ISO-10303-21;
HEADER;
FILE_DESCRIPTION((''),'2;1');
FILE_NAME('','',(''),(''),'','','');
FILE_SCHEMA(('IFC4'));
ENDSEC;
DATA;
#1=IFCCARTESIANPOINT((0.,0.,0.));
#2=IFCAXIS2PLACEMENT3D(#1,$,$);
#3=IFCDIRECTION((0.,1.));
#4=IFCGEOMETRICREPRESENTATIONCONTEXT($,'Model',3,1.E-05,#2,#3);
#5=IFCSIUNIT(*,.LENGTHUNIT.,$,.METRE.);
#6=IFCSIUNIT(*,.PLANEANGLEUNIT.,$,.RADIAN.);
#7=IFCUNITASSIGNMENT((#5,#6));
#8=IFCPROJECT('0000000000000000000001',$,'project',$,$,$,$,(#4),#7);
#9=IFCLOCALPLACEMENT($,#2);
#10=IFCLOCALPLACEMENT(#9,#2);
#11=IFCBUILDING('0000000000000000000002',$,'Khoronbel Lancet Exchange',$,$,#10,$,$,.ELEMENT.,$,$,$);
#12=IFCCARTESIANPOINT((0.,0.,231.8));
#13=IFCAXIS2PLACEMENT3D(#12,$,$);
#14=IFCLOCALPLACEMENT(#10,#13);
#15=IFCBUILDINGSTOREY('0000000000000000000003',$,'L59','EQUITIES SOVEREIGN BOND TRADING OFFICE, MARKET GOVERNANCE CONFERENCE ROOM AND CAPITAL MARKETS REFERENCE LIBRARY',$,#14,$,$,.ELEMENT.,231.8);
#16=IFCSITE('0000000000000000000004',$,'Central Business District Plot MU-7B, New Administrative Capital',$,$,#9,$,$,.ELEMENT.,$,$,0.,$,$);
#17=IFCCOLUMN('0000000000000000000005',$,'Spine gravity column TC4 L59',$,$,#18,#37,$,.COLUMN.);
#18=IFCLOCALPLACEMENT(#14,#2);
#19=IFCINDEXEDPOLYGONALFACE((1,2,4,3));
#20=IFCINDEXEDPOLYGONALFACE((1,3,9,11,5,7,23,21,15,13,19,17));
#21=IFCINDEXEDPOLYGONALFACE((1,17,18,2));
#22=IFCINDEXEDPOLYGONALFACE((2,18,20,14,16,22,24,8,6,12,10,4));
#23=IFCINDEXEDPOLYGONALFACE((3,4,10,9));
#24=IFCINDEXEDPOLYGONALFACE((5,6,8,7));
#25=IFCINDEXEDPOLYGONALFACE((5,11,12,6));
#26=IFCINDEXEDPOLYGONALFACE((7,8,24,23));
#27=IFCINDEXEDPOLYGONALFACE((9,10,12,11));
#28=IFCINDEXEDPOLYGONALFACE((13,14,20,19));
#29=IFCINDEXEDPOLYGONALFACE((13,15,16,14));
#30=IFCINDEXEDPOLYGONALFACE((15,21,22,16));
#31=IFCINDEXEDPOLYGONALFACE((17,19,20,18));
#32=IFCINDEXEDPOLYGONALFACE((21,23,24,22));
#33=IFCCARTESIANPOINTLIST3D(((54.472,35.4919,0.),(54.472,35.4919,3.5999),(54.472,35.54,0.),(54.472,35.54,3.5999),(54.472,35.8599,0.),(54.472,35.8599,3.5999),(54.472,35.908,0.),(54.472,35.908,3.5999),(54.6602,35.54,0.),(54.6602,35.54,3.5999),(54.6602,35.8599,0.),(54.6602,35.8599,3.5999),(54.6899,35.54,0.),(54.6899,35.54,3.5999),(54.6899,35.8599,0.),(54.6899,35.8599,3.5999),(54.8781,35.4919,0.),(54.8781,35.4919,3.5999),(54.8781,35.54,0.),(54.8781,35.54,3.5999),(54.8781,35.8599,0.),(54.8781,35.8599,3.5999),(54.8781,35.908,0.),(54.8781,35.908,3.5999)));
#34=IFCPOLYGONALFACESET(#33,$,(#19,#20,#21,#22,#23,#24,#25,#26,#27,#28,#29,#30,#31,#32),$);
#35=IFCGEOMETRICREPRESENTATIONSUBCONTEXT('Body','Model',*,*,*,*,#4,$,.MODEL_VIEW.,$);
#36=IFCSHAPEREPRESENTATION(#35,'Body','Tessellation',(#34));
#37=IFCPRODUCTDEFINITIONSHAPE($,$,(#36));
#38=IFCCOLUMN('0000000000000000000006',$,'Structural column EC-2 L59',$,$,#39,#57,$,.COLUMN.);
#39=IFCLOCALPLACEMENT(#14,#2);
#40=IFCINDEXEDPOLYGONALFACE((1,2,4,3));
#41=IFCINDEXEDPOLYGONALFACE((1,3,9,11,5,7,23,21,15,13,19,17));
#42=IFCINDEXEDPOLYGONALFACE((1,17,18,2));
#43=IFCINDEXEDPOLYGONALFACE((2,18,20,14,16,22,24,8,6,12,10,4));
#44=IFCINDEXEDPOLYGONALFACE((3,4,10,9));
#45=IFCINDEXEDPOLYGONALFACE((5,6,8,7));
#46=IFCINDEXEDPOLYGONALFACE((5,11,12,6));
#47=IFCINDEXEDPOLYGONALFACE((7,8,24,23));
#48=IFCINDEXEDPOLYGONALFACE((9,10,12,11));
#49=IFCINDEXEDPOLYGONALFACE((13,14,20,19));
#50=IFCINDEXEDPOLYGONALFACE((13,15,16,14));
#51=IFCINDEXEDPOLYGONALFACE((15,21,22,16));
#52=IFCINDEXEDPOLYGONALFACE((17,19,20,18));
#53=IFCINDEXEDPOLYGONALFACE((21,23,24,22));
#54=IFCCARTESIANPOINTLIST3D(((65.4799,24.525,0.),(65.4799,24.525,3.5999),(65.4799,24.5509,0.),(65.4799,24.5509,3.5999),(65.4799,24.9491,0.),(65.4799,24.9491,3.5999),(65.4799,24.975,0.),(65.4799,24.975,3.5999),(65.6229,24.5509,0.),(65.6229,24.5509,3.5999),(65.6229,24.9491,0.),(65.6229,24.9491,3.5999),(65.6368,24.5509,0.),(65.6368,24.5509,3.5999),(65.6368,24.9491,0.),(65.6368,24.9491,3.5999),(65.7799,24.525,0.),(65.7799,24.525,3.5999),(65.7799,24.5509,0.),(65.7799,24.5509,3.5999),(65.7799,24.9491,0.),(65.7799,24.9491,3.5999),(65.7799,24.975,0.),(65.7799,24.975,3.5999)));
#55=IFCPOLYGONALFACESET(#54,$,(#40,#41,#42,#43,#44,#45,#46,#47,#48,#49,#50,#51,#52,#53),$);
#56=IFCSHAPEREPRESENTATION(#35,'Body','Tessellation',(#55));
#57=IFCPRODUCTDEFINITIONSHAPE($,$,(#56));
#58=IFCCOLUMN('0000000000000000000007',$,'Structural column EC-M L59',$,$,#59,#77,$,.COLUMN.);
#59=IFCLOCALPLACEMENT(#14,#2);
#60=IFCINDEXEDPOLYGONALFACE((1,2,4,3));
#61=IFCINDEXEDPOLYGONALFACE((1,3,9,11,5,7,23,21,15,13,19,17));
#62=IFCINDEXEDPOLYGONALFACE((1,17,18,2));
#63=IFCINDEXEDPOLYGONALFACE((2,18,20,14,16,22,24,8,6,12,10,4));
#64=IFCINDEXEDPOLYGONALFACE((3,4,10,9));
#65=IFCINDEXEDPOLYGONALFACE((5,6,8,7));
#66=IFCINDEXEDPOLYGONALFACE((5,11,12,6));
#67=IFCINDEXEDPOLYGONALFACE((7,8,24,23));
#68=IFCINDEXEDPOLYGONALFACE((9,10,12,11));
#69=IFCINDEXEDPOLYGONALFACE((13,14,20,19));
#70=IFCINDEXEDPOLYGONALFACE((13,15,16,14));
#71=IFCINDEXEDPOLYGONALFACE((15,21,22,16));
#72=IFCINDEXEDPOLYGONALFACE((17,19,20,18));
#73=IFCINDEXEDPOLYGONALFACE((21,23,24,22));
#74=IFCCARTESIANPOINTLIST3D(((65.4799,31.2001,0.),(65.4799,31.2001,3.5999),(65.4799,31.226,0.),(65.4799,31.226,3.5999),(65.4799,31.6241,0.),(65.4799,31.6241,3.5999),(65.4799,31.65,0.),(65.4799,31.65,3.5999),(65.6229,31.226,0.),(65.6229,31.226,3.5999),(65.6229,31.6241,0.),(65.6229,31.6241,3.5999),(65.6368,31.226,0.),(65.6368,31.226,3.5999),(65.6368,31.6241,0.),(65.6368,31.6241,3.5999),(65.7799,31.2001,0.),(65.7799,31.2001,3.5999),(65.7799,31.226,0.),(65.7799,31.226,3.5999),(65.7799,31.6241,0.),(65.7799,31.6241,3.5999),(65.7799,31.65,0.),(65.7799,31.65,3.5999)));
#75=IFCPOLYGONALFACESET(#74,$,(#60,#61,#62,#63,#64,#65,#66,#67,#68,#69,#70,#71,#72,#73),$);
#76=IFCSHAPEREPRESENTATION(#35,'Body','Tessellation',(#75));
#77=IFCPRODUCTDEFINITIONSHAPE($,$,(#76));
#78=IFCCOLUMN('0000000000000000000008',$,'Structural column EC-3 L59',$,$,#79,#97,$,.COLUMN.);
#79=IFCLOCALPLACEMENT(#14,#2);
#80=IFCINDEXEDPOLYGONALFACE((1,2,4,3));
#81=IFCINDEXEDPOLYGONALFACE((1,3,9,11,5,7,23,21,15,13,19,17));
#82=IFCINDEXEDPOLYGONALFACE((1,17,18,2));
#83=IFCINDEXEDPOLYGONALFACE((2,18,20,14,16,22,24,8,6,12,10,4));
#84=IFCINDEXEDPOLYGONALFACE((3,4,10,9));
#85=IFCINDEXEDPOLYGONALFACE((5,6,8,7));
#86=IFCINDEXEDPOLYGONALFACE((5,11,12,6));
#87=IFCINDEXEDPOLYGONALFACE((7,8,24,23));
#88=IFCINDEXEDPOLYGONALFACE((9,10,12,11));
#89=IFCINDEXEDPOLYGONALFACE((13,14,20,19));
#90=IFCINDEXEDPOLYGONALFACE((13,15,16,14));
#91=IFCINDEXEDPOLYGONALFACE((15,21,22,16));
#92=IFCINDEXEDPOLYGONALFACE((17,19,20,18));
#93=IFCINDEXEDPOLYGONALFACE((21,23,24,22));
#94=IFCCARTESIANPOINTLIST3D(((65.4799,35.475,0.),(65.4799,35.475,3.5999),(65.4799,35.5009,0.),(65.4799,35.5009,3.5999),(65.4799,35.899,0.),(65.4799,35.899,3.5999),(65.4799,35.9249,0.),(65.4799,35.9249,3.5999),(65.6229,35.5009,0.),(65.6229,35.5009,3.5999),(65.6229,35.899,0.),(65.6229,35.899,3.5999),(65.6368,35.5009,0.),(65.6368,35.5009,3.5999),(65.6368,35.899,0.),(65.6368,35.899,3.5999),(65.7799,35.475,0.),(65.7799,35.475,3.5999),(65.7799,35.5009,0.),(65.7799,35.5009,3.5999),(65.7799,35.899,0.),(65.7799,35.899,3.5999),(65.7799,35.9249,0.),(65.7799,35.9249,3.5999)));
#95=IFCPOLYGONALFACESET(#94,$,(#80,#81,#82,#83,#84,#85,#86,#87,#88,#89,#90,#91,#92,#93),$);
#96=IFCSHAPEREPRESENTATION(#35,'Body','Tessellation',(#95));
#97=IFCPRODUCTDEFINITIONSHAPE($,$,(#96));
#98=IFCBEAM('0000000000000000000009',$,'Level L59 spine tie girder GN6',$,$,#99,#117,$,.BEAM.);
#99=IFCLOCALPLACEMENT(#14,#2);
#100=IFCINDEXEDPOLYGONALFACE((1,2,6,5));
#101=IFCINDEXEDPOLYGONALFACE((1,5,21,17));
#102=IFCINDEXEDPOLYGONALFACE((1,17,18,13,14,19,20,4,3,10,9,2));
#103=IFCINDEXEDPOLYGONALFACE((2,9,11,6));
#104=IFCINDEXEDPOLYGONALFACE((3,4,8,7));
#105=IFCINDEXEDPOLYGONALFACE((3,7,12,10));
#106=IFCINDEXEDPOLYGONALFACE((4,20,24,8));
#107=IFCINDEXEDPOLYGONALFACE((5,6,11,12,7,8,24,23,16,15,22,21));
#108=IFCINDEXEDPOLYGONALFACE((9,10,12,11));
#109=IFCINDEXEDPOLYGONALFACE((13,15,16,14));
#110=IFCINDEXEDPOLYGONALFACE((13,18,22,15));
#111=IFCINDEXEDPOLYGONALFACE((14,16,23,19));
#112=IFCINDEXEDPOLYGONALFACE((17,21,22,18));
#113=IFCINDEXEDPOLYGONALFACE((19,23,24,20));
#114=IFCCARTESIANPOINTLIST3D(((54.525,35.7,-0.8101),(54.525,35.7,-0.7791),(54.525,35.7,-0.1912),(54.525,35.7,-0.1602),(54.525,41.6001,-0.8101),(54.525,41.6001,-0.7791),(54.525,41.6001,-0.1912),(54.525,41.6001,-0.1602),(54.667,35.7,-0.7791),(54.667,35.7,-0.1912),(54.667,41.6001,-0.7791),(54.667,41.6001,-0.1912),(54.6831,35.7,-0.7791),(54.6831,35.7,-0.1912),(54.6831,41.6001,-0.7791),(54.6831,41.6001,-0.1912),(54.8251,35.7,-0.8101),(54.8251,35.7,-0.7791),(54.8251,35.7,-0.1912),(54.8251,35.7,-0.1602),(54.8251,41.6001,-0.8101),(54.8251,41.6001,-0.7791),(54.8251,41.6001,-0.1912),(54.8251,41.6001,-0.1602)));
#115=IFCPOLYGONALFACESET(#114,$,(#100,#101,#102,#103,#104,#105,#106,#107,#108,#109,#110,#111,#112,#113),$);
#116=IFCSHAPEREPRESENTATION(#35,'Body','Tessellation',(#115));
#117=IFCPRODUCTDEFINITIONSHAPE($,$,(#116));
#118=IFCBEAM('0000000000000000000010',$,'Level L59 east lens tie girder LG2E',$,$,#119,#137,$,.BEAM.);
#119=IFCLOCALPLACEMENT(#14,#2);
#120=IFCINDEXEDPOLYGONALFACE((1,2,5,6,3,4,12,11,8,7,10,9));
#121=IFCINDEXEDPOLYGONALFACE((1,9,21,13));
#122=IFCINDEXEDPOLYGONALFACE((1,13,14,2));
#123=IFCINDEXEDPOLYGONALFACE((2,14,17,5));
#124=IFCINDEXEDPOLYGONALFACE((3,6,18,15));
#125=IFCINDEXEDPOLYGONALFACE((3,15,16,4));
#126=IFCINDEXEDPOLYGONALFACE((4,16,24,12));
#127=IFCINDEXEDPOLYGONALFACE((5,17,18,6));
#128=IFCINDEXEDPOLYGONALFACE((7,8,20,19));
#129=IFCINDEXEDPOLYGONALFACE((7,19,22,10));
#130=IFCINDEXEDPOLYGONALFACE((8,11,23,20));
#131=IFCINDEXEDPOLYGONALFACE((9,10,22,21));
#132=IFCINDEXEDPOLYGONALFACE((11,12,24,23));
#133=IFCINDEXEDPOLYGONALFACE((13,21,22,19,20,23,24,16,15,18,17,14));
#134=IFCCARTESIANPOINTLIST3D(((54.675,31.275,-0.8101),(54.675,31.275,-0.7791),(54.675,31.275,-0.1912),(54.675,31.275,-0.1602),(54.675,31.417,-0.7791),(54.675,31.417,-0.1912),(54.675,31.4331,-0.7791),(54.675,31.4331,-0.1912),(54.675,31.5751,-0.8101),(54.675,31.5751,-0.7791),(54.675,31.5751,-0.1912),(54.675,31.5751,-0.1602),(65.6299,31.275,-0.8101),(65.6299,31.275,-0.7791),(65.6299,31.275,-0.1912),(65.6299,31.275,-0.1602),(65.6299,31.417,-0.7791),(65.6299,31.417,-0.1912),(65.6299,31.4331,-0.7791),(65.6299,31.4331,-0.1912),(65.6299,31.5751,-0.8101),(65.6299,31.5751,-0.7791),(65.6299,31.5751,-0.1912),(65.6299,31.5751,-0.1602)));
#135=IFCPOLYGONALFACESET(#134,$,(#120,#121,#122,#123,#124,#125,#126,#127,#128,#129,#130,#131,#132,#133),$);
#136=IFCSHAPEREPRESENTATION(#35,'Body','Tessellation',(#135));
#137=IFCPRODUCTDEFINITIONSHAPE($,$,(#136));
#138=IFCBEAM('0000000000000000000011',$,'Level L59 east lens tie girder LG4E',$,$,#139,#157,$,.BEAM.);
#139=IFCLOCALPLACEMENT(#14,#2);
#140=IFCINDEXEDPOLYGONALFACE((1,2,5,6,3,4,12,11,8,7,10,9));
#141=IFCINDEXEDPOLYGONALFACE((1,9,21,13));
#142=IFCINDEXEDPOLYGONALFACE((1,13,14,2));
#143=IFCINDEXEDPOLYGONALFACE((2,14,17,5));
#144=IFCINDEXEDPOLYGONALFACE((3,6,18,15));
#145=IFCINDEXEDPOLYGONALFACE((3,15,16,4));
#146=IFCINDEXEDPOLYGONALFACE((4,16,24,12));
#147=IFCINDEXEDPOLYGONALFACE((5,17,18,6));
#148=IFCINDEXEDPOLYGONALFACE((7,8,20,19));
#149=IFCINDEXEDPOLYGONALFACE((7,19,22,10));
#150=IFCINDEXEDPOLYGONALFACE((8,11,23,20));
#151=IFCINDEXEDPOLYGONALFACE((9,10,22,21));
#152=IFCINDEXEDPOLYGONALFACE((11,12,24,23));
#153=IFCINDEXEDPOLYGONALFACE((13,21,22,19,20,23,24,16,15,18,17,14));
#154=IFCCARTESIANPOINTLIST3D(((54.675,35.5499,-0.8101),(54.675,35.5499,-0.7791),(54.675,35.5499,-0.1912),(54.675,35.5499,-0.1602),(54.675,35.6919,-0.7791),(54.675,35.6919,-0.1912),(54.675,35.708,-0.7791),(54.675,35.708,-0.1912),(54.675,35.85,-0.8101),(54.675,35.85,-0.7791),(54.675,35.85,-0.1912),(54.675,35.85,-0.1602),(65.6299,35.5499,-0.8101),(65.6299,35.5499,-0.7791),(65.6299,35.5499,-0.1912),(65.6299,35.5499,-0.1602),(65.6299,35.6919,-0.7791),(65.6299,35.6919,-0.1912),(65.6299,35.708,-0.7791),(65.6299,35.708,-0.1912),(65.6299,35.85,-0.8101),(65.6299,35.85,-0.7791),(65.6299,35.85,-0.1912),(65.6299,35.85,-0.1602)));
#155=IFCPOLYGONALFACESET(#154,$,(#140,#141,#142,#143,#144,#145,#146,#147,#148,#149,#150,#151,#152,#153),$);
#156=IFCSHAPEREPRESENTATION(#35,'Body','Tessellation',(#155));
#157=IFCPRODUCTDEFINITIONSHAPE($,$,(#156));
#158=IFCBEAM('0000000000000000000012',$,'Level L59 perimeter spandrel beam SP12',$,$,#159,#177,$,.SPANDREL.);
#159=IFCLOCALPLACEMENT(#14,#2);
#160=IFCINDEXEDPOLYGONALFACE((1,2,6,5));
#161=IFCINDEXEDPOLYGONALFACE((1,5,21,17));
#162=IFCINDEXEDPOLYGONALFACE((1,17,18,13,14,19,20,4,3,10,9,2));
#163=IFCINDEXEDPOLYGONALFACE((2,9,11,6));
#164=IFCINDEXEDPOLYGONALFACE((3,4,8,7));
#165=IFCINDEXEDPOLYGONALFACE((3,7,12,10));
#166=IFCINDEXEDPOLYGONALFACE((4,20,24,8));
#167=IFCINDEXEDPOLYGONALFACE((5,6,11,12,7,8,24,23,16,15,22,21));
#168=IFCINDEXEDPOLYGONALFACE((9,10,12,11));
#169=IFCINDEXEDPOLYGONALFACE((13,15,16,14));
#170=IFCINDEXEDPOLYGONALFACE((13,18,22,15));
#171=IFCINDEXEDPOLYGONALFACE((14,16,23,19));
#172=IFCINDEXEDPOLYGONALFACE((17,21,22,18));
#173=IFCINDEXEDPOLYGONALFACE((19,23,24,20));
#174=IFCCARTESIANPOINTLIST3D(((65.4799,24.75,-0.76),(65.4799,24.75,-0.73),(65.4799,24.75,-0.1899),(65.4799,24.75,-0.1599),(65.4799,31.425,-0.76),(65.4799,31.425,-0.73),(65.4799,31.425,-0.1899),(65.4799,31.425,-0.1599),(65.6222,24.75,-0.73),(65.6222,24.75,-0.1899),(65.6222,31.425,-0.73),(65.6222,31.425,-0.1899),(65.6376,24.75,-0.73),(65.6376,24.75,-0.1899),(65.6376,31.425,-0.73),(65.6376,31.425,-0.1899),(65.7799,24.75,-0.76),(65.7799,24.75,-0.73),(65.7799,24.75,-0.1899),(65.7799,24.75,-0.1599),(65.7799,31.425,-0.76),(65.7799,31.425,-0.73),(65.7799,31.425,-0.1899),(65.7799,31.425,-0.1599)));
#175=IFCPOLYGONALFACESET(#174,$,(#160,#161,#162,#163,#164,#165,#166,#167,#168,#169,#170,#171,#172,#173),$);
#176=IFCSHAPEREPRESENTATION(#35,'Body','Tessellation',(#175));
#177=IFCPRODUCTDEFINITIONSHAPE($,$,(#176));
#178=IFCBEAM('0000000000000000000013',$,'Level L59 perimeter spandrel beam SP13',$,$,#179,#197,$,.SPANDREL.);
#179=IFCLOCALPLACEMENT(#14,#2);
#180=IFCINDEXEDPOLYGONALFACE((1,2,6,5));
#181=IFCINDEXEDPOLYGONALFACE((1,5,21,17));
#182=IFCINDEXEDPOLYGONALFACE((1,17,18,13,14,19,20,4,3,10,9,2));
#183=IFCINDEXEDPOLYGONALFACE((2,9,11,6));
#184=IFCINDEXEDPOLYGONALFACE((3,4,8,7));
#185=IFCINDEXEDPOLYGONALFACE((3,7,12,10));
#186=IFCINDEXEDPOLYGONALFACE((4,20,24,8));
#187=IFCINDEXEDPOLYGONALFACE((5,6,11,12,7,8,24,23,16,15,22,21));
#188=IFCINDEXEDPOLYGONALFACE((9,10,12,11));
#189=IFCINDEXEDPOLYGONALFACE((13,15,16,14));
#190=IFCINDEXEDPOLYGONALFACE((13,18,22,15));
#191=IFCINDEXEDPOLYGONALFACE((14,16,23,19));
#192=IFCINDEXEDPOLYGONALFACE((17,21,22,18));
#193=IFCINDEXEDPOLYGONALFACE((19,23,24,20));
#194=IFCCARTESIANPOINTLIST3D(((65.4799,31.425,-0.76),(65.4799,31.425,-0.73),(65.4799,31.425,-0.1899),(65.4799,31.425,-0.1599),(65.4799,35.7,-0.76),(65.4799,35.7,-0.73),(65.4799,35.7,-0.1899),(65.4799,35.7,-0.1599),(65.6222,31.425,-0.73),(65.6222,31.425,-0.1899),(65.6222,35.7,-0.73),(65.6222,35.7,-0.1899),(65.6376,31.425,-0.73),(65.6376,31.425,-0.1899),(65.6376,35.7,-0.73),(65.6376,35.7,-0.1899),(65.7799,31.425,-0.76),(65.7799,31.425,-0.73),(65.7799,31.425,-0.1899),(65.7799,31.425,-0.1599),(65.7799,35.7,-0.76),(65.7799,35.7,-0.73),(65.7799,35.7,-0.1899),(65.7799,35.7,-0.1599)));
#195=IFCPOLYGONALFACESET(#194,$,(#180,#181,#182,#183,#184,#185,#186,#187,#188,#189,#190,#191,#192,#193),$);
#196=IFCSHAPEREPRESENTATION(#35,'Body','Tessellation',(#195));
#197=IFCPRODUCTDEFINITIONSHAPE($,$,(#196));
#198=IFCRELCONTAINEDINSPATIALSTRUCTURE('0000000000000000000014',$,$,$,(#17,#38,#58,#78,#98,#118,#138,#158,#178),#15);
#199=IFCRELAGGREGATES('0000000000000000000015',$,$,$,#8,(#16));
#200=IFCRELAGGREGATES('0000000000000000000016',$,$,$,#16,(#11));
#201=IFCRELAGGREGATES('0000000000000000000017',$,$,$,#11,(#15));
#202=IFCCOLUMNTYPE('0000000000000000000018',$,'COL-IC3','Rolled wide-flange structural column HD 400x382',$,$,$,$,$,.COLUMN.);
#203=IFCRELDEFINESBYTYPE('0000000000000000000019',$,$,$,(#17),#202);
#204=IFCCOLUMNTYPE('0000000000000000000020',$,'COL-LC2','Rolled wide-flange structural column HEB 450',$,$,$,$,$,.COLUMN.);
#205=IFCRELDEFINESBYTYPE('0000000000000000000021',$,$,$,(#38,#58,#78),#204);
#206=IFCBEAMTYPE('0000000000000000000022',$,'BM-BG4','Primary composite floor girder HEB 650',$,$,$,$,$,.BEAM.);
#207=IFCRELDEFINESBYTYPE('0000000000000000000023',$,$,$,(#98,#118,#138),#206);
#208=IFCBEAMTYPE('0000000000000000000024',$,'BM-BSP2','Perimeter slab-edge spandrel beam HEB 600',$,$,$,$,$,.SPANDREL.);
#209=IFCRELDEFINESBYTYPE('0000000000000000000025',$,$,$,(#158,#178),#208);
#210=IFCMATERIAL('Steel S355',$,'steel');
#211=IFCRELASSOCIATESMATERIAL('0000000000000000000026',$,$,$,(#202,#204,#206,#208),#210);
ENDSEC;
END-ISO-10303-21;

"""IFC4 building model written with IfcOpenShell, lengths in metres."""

from ifc_helpers import new_model, si_unit, direction, frame, origin, origin_2d, place, context, subcontext, project, spatial, i_section, extrude, material, material_profile, profile_set, type_object, element, save


model = new_model("IFC4")

# Units and contexts
model_context = context("Model", 3, precision=1e-05, world=origin(), true_north=direction((0.0, 1.0)))
body_context = subcontext(model_context, "Body", "Model", "MODEL_VIEW")
ifc_project = project(units=[si_unit("LENGTHUNIT", "METRE"), si_unit("PLANEANGLEUNIT", "RADIAN")], contexts=[model_context])

# Site, building, storey
site_placement = place(None, origin())
site = spatial("IfcSite", under=ifc_project, at=site_placement, Name="Central Business District Plot MU-7B, New Administrative Capital", CompositionType="ELEMENT", RefElevation=0.0)
building_placement = place(site_placement, origin())
building = spatial("IfcBuilding", under=site, at=building_placement, Name="Khoronbel Lancet Exchange", CompositionType="ELEMENT")
storey_placement = place(building_placement, frame((0.0, 0.0, 231.8)))
storey = spatial("IfcBuildingStorey", under=building, at=storey_placement, Name="L59", Description="EQUITIES SOVEREIGN BOND TRADING OFFICE, MARKET GOVERNANCE CONFERENCE ROOM AND CAPITAL MARKETS REFERENCE LIBRARY", CompositionType="ELEMENT", Elevation=231.8)

# Columns
ifc_material_1 = material(Name="Steel S355", Category="steel")
ifc_material_profile_1 = material_profile(ifc_material_1, i_section(OverallWidth=0.406, OverallDepth=0.416, WebThickness=0.0298, FlangeThickness=0.0481, at=origin_2d()), Name="HD 400x382")
ifc_profile_set_1 = profile_set([ifc_material_profile_1], Name="Steel S355")
column_type_1 = type_object("IfcColumnType", Name="COL-IC3", Description="Rolled wide-flange structural column HD 400x382", PredefinedType="COLUMN", material=ifc_profile_set_1)
column_placement = place(storey_placement, frame((54.675, 35.7, 0.0), z_axis=(0.0, 0.0, 1.0), x_axis=(1.0, 0.0, 0.0)))
element("IfcColumn", 1, at=column_placement, inside=storey, type_object=column_type_1, Name="Spine gravity column TC4 L59", PredefinedType="COLUMN", context=body_context, shape_type="SweptSolid", body=[
    extrude(i_section(OverallWidth=0.406, OverallDepth=0.416, WebThickness=0.0298, FlangeThickness=0.0481, at=origin_2d()), origin(), (0.0, 0.0, 1.0), 3.5999),
])
ifc_material_profile_2 = material_profile(ifc_material_1, i_section(OverallWidth=0.3, OverallDepth=0.45, WebThickness=0.0139, FlangeThickness=0.0259, at=origin_2d()), Name="HEB 450")
ifc_profile_set_2 = profile_set([ifc_material_profile_2], Name="Steel S355")
column_type_2 = type_object("IfcColumnType", Name="COL-LC2", Description="Rolled wide-flange structural column HEB 450", PredefinedType="COLUMN", material=ifc_profile_set_2)
for number, where, z_axis, x_axis, name in (
    (2, (65.6299, 24.75, 0.0), (0.0, 0.0, 1.0), (1.0, 0.0, 0.0), "Structural column EC-2 L59"),
    (3, (65.6299, 31.425, 0.0), (0.0, 0.0, 1.0), (1.0, 0.0, 0.0), "Structural column EC-M L59"),
    (4, (65.6299, 35.7, 0.0), (0.0, 0.0, 1.0), (1.0, 0.0, 0.0), "Structural column EC-3 L59"),
):
    element("IfcColumn", number, at=place(storey_placement, frame(where, z_axis=z_axis, x_axis=x_axis)), inside=storey, type_object=column_type_2, Name=name, PredefinedType="COLUMN", context=body_context, shape_type="SweptSolid", body=[
        extrude(i_section(OverallWidth=0.3, OverallDepth=0.45, WebThickness=0.0139, FlangeThickness=0.0259, at=origin_2d()), origin(), (0.0, 0.0, 1.0), 3.5999),
    ])

# Beams
ifc_material_profile_3 = material_profile(ifc_material_1, i_section(OverallWidth=0.3, OverallDepth=0.6499, WebThickness=0.0161, FlangeThickness=0.031, at=origin_2d()), Name="HEB 650")
ifc_profile_set_3 = profile_set([ifc_material_profile_3], Name="Steel S355")
beam_type_1 = type_object("IfcBeamType", Name="BM-BG4", Description="Primary composite floor girder HEB 650", PredefinedType="BEAM", material=ifc_profile_set_3)
beam_1_placement = place(storey_placement, frame((54.675, 35.7, -0.4851), z_axis=(0.0, 1.0, 0.0), x_axis=(-1.0, 0.0, 0.0)))
element("IfcBeam", 5, at=beam_1_placement, inside=storey, type_object=beam_type_1, Name="Level L59 spine tie girder GN6", PredefinedType="BEAM", context=body_context, shape_type="SweptSolid", body=[
    extrude(i_section(OverallWidth=0.3, OverallDepth=0.6499, WebThickness=0.0161, FlangeThickness=0.031, at=origin_2d()), origin(), (0.0, 0.0, 1.0), 5.9001),
])
for number, where, z_axis, x_axis, name in (
    (6, (54.675, 31.425, -0.4851), (1.0, 0.0, 0.0), (0.0, 1.0, 0.0), "Level L59 east lens tie girder LG2E"),
    (7, (54.675, 35.7, -0.4851), (1.0, 0.0, 0.0), (0.0, 1.0, 0.0), "Level L59 east lens tie girder LG4E"),
):
    element("IfcBeam", number, at=place(storey_placement, frame(where, z_axis=z_axis, x_axis=x_axis)), inside=storey, type_object=beam_type_1, Name=name, PredefinedType="BEAM", context=body_context, shape_type="SweptSolid", body=[
        extrude(i_section(OverallWidth=0.3, OverallDepth=0.6499, WebThickness=0.0161, FlangeThickness=0.031, at=origin_2d()), origin(), (0.0, 0.0, 1.0), 10.9548),
    ])
ifc_material_profile_4 = material_profile(ifc_material_1, i_section(OverallWidth=0.3, OverallDepth=0.6001, WebThickness=0.0154, FlangeThickness=0.03, at=origin_2d()), Name="HEB 600")
ifc_profile_set_4 = profile_set([ifc_material_profile_4], Name="Steel S355")
beam_type_2 = type_object("IfcBeamType", Name="BM-BSP2", Description="Perimeter slab-edge spandrel beam HEB 600", PredefinedType="SPANDREL", material=ifc_profile_set_4)
beam_2_placement = place(storey_placement, frame((65.6299, 24.75, -0.46), z_axis=(0.0, 1.0, 0.0), x_axis=(-1.0, 0.0, 0.0)))
element("IfcBeam", 8, at=beam_2_placement, inside=storey, type_object=beam_type_2, Name="Level L59 perimeter spandrel beam SP12", PredefinedType="SPANDREL", context=body_context, shape_type="SweptSolid", body=[
    extrude(i_section(OverallWidth=0.3, OverallDepth=0.6001, WebThickness=0.0154, FlangeThickness=0.03, at=origin_2d()), origin(), (0.0, 0.0, 1.0), 6.675),
])
beam_3_placement = place(storey_placement, frame((65.6299, 31.425, -0.46), z_axis=(0.0, 1.0, 0.0), x_axis=(-1.0, 0.0, 0.0)))
element("IfcBeam", 9, at=beam_3_placement, inside=storey, type_object=beam_type_2, Name="Level L59 perimeter spandrel beam SP13", PredefinedType="SPANDREL", context=body_context, shape_type="SweptSolid", body=[
    extrude(i_section(OverallWidth=0.3, OverallDepth=0.6001, WebThickness=0.0154, FlangeThickness=0.03, at=origin_2d()), origin(), (0.0, 0.0, 1.0), 4.2749),
])

save(model, "model.ifc")
